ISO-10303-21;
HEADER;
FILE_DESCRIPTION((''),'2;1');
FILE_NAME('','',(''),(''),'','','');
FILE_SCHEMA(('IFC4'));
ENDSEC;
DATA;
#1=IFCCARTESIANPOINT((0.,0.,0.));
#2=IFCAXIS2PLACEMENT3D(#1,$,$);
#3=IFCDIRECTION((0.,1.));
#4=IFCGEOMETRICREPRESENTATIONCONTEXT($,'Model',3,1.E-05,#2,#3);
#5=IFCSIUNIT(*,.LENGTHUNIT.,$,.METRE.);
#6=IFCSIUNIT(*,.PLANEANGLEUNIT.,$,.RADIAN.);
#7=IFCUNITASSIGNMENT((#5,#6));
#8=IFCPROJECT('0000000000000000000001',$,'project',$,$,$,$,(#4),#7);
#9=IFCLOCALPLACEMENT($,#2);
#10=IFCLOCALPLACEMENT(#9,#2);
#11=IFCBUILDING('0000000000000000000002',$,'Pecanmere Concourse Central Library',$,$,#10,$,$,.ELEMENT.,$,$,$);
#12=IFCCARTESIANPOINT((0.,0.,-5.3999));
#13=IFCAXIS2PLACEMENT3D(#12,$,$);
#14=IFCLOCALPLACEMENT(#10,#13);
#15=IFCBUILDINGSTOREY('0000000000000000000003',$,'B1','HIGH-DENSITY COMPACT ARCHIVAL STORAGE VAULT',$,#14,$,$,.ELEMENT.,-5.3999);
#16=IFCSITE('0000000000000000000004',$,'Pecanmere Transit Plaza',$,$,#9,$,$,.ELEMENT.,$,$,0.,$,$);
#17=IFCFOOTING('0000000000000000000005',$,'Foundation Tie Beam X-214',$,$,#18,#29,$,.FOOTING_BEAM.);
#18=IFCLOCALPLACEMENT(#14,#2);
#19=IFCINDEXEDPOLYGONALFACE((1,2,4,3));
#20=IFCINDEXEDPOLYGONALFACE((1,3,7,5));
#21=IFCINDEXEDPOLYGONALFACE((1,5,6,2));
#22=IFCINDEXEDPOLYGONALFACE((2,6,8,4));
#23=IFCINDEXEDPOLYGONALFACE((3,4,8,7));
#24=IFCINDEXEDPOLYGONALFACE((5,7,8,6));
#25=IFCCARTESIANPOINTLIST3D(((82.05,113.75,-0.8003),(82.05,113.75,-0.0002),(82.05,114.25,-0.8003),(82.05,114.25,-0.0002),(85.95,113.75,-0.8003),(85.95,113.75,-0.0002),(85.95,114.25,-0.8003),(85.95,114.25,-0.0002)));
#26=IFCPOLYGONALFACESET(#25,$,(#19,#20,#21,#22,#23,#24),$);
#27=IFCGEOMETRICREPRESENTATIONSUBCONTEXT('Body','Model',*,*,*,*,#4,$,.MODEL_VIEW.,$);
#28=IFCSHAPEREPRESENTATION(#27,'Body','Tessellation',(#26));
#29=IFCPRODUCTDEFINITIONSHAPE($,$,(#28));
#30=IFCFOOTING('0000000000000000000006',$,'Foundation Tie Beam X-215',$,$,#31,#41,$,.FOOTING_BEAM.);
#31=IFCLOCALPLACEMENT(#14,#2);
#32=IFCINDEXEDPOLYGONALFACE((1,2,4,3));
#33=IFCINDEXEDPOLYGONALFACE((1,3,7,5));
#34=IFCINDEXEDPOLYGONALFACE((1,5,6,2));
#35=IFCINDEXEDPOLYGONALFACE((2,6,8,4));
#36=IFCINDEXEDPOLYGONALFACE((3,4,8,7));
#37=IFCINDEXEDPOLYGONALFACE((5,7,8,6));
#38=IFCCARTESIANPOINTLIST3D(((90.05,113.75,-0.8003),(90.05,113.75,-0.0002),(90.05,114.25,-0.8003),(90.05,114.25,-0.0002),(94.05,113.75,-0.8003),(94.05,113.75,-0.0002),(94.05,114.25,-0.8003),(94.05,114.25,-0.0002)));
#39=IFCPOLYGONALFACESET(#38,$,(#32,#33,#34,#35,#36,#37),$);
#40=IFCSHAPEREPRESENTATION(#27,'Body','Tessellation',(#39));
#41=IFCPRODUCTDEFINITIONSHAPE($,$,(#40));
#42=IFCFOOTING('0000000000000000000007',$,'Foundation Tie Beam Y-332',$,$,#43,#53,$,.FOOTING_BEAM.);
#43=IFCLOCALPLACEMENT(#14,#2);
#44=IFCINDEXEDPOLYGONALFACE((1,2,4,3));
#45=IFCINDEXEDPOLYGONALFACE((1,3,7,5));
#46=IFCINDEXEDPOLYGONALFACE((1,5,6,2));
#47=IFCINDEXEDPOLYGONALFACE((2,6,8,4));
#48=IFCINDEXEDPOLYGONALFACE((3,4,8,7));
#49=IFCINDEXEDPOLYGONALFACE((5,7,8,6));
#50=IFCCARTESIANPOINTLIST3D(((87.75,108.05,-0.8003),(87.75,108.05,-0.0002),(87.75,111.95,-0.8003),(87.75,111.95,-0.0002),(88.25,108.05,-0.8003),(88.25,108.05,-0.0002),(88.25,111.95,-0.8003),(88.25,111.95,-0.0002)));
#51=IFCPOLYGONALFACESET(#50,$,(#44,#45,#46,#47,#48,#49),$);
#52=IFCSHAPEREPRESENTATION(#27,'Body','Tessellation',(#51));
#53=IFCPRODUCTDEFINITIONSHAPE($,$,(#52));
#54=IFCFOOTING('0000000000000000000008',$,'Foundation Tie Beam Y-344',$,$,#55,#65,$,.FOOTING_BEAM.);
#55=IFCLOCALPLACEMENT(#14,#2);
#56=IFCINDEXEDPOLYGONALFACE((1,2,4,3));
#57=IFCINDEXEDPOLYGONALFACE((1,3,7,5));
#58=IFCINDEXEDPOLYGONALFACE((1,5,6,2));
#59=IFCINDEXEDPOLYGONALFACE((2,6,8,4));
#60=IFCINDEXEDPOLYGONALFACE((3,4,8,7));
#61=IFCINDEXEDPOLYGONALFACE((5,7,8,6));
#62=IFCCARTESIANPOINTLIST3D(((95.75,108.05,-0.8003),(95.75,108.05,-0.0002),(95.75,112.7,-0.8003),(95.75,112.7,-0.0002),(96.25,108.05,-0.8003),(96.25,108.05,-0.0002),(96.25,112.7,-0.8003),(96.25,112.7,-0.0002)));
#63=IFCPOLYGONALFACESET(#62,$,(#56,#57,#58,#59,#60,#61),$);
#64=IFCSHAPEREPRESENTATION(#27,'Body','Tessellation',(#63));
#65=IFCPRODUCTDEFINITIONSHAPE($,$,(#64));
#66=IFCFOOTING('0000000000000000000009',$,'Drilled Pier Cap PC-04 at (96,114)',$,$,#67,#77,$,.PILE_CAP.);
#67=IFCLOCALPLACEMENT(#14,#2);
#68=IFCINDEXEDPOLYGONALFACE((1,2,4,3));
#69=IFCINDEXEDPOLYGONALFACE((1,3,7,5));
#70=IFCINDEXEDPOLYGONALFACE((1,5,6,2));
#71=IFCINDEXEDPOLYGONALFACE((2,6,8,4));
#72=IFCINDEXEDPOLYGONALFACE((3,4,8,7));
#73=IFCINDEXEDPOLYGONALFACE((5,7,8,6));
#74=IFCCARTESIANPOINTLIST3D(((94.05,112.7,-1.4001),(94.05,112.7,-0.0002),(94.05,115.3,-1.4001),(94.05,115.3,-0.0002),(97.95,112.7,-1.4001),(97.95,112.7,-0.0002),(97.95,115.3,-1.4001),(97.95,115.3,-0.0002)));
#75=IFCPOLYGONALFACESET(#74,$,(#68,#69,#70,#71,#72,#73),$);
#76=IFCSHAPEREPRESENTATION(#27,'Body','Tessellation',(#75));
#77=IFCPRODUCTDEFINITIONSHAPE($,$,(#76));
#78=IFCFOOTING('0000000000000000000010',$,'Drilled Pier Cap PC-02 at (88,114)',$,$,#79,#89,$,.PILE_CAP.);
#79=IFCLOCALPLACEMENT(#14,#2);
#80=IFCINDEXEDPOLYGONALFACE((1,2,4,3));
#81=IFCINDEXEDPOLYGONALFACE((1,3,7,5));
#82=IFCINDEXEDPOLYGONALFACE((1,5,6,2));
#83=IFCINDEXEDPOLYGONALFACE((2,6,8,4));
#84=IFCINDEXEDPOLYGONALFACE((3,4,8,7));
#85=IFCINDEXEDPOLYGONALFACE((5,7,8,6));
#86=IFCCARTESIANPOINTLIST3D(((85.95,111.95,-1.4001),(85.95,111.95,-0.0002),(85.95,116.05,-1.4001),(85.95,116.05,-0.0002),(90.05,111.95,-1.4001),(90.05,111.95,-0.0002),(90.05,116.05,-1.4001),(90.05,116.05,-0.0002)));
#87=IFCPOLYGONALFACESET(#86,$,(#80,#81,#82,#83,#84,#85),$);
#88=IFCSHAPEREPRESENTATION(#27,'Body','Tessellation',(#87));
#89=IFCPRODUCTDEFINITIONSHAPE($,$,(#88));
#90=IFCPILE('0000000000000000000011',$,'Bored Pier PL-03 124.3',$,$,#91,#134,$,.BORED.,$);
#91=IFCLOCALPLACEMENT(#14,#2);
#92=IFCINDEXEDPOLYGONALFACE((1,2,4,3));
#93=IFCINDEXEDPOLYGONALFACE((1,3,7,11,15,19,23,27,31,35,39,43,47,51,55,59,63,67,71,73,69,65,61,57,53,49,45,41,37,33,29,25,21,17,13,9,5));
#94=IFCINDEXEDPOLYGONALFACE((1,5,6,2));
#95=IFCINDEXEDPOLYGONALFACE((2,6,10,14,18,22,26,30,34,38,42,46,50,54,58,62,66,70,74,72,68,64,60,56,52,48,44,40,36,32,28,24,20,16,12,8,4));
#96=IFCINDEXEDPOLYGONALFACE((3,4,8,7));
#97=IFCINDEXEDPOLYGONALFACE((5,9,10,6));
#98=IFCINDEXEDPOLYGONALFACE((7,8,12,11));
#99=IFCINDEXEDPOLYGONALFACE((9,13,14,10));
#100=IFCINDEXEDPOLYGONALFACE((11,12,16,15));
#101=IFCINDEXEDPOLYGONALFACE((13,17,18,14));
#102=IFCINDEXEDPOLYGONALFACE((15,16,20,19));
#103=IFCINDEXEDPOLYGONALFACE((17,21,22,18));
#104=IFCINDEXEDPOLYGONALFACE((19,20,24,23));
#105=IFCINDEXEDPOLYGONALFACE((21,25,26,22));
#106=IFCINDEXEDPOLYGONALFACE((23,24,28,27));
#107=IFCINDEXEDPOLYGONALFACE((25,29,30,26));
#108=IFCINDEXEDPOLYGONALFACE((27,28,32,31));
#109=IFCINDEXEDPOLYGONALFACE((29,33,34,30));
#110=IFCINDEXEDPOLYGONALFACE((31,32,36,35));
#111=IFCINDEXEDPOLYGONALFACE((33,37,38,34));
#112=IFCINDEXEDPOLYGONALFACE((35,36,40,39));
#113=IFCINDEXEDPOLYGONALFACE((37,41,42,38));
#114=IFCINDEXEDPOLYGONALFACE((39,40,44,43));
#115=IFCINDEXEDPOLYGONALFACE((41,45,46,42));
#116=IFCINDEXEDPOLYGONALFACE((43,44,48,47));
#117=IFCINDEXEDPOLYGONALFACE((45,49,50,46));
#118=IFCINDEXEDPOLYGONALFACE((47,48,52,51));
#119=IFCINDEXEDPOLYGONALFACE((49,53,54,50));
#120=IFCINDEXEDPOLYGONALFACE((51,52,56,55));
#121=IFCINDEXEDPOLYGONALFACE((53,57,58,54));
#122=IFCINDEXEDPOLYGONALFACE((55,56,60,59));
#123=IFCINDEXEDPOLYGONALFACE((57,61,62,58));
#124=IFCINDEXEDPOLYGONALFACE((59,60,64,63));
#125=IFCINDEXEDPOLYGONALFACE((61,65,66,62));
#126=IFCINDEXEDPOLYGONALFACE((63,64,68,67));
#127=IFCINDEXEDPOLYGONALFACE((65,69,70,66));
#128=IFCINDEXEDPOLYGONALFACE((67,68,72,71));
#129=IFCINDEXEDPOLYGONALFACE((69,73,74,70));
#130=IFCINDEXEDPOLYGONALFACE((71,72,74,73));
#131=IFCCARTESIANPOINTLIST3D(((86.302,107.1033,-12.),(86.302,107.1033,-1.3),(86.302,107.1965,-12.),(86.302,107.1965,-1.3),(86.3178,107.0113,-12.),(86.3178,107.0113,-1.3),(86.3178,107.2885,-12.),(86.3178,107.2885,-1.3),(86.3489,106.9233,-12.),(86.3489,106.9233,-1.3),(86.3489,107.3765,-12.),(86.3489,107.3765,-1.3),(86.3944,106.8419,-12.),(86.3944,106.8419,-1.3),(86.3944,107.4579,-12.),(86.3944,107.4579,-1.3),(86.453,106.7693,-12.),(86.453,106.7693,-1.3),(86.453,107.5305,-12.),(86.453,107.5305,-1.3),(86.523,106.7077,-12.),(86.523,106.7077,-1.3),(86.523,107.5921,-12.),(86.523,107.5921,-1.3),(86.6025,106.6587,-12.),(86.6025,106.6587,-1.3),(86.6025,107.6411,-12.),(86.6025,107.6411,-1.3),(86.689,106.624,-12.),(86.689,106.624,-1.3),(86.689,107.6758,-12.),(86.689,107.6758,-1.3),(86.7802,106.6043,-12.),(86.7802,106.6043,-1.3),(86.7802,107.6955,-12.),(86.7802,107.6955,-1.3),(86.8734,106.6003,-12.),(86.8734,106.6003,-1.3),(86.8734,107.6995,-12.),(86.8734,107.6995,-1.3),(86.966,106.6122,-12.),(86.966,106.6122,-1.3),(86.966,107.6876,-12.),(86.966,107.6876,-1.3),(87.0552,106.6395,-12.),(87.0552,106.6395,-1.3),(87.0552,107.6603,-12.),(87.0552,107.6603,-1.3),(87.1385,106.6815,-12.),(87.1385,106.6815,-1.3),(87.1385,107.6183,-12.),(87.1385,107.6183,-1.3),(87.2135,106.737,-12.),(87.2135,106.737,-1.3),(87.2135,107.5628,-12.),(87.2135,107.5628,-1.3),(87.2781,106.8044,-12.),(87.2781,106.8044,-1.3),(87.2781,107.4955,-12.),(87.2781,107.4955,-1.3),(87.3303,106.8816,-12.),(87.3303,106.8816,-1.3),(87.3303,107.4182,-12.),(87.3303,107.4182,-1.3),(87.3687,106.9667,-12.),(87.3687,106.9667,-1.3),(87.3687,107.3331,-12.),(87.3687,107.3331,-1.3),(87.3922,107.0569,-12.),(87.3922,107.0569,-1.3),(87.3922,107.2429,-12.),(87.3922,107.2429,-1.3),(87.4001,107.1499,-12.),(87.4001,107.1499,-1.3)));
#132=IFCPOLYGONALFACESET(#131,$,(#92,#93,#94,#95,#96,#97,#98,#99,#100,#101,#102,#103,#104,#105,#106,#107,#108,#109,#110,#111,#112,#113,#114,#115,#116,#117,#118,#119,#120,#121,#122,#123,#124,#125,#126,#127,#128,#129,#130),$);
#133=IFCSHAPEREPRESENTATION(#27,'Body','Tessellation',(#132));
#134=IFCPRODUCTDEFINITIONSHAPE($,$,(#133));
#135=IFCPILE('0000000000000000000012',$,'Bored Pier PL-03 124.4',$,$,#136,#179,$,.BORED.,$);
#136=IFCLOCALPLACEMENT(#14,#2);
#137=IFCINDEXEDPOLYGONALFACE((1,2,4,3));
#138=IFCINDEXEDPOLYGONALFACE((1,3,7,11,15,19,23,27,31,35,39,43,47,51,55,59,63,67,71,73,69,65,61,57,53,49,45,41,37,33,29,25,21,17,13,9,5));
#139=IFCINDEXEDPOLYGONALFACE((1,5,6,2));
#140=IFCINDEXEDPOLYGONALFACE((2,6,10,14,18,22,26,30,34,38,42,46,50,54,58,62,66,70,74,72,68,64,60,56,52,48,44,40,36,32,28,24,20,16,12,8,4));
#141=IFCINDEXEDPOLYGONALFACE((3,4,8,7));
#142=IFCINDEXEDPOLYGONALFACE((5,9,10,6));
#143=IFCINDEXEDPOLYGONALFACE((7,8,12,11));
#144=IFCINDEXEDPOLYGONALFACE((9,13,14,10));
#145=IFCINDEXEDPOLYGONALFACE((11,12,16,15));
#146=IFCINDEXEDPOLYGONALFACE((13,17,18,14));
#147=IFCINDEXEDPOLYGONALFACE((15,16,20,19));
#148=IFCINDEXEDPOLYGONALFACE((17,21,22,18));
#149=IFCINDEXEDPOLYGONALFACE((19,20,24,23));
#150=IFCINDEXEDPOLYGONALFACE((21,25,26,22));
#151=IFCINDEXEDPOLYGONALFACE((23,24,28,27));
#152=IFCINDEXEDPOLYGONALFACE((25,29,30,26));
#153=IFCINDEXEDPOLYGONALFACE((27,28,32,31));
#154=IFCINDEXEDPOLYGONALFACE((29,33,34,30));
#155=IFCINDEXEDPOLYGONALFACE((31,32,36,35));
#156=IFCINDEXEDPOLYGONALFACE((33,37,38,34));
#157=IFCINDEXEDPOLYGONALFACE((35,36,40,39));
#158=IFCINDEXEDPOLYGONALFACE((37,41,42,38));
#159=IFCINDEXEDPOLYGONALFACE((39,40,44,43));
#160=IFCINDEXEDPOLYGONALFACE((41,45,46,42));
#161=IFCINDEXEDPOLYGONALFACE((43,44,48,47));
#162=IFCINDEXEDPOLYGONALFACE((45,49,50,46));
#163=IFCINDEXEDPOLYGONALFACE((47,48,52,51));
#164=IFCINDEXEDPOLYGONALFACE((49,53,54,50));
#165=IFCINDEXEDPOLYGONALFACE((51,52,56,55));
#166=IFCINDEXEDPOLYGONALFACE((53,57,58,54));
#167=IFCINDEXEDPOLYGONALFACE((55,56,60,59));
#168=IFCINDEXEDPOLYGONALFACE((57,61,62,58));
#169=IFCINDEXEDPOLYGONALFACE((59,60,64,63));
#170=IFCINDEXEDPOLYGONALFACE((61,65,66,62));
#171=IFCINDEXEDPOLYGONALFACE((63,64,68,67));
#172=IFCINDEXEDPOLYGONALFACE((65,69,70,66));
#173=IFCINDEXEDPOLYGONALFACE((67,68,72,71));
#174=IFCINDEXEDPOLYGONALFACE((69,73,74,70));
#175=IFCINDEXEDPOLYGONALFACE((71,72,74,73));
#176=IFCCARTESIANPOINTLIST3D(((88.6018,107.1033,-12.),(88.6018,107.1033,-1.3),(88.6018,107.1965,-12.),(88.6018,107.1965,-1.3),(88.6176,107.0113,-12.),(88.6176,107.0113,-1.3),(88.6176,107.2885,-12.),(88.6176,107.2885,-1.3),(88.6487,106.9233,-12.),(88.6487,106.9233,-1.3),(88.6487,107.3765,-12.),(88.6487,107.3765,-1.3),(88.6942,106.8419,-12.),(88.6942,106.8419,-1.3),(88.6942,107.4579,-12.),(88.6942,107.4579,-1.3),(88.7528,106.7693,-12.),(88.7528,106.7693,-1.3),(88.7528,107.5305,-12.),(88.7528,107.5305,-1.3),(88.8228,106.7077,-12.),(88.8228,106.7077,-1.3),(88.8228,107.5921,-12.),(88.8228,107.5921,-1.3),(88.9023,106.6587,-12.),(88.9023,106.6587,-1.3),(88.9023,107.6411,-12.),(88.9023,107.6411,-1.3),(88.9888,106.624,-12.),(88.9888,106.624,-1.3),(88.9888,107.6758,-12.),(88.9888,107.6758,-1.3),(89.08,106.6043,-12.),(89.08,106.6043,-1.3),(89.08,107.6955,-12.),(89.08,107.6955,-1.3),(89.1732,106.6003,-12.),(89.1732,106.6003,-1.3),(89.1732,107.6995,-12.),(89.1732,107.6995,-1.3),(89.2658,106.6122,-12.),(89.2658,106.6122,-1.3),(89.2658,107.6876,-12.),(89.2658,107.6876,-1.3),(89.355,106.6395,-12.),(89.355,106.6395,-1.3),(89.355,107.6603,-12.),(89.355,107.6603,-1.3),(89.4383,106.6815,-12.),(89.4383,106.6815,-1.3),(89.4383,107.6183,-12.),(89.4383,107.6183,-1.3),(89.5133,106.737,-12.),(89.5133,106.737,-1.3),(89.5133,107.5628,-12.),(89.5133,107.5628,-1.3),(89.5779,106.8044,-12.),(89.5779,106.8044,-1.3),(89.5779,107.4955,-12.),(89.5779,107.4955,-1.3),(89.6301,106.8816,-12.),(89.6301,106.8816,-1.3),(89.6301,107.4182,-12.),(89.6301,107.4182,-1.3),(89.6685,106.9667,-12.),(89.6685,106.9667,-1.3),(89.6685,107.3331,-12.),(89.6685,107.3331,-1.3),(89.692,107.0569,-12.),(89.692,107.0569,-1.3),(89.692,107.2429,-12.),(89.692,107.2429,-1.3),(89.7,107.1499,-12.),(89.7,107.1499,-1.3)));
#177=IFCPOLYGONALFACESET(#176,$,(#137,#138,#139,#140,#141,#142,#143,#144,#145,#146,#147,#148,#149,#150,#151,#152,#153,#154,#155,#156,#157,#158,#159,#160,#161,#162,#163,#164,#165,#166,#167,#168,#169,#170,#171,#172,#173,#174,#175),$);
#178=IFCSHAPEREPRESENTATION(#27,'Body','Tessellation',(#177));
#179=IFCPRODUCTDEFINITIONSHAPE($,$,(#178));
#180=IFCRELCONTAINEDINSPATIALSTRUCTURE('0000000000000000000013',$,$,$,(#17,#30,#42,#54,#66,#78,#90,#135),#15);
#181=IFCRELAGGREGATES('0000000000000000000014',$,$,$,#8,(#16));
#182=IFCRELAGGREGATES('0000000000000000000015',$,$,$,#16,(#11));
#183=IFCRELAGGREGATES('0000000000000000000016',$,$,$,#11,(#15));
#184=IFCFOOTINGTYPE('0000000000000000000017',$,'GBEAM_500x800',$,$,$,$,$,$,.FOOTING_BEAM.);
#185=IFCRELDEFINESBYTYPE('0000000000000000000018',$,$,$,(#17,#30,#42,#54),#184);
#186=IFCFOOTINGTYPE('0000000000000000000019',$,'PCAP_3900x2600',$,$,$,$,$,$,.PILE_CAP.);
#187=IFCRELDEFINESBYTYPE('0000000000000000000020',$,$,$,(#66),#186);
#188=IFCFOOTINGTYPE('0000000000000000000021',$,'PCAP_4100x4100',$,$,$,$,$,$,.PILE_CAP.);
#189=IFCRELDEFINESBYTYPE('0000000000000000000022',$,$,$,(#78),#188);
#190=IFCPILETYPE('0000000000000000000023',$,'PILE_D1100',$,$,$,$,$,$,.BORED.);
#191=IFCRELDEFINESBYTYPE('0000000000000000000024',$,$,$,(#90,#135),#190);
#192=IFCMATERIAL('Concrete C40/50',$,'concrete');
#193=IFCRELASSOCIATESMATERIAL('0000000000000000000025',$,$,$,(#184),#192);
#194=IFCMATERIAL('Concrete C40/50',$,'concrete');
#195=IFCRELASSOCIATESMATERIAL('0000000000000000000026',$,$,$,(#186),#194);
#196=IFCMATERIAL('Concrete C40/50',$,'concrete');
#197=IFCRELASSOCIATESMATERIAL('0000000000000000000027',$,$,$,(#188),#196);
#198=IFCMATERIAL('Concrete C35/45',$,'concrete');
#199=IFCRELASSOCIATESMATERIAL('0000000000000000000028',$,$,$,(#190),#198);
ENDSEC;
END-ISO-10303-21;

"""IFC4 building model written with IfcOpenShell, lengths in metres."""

from ifc_helpers import new_model, si_unit, direction, frame, origin, origin_2d, place, context, subcontext, project, spatial, rectangle, circle, extrude, material, material_profile, profile_set, type_object, element, save


model = new_model("IFC4")

# Units and contexts
model_context = context("Model", 3, precision=1e-05, world=origin(), true_north=direction((0.0, 1.0)))
body_context = subcontext(model_context, "Body", "Model", "MODEL_VIEW")
ifc_project = project(units=[si_unit("LENGTHUNIT", "METRE"), si_unit("PLANEANGLEUNIT", "RADIAN")], contexts=[model_context])

# Site, building, storey
site_placement = place(None, origin())
site = spatial("IfcSite", under=ifc_project, at=site_placement, Name="Pecanmere Transit Plaza", CompositionType="ELEMENT", RefElevation=0.0)
building_placement = place(site_placement, origin())
building = spatial("IfcBuilding", under=site, at=building_placement, Name="Pecanmere Concourse Central Library", CompositionType="ELEMENT")
storey_placement = place(building_placement, frame((0.0, 0.0, -5.3999)))
storey = spatial("IfcBuildingStorey", under=building, at=storey_placement, Name="B1", Description="HIGH-DENSITY COMPACT ARCHIVAL STORAGE VAULT", CompositionType="ELEMENT", Elevation=-5.3999)

# Footings
ifc_material_1 = material(Name="Concrete C40/50", Category="concrete")
ifc_material_profile_1 = material_profile(ifc_material_1, rectangle(XDim=0.5, YDim=0.8, at=origin_2d()), Name="RC 500x800")
ifc_profile_set_1 = profile_set([ifc_material_profile_1], Name="Concrete C40/50")
footing_type_1 = type_object("IfcFootingType", Name="GBEAM_500x800", PredefinedType="FOOTING_BEAM", material=ifc_profile_set_1)
footing_1_placement = place(storey_placement, frame((84.0, 114.0, -0.8003), z_axis=(0.0, 0.0, 1.0), x_axis=(1.0, 0.0, 0.0)))
element("IfcFooting", 1, at=footing_1_placement, inside=storey, type_object=footing_type_1, Name="Foundation Tie Beam X-214", PredefinedType="FOOTING_BEAM", context=body_context, shape_type="SweptSolid", body=[
    extrude(rectangle(XDim=3.8999, YDim=0.5, at=origin_2d()), origin(), (0.0, 0.0, 1.0), 0.8),
])
footing_2_placement = place(storey_placement, frame((92.05, 114.0, -0.8003), z_axis=(0.0, 0.0, 1.0), x_axis=(1.0, 0.0, 0.0)))
element("IfcFooting", 2, at=footing_2_placement, inside=storey, type_object=footing_type_1, Name="Foundation Tie Beam X-215", PredefinedType="FOOTING_BEAM", context=body_context, shape_type="SweptSolid", body=[
    extrude(rectangle(XDim=4.0, YDim=0.5, at=origin_2d()), origin(), (0.0, 0.0, 1.0), 0.8),
])
footing_3_placement = place(storey_placement, frame((88.0, 110.0, -0.8003), z_axis=(0.0, 0.0, 1.0), x_axis=(0.0, 1.0, 0.0)))
element("IfcFooting", 3, at=footing_3_placement, inside=storey, type_object=footing_type_1, Name="Foundation Tie Beam Y-332", PredefinedType="FOOTING_BEAM", context=body_context, shape_type="SweptSolid", body=[
    extrude(rectangle(XDim=3.8999, YDim=0.5, at=origin_2d()), origin(), (0.0, 0.0, 1.0), 0.8),
])
footing_4_placement = place(storey_placement, frame((96.0, 110.375, -0.8003), z_axis=(0.0, 0.0, 1.0), x_axis=(0.0, 1.0, 0.0)))
element("IfcFooting", 4, at=footing_4_placement, inside=storey, type_object=footing_type_1, Name="Foundation Tie Beam Y-344", PredefinedType="FOOTING_BEAM", context=body_context, shape_type="SweptSolid", body=[
    extrude(rectangle(XDim=4.6499, YDim=0.5, at=origin_2d()), origin(), (0.0, 0.0, 1.0), 0.8),
])
ifc_material_2 = material(Name="Concrete C40/50", Category="concrete")
footing_type_2 = type_object("IfcFootingType", Name="PCAP_3900x2600", PredefinedType="PILE_CAP", material=ifc_material_2)
footing_5_placement = place(storey_placement, frame((96.0, 114.0, -1.4001), z_axis=(0.0, 0.0, 1.0), x_axis=(1.0, 0.0, 0.0)))
element("IfcFooting", 5, at=footing_5_placement, inside=storey, type_object=footing_type_2, Name="Drilled Pier Cap PC-04 at (96,114)", PredefinedType="PILE_CAP", context=body_context, shape_type="SweptSolid", body=[
    extrude(rectangle(XDim=3.8999, YDim=2.6001, at=origin_2d()), origin(), (0.0, 0.0, 1.0), 1.3999),
])
ifc_material_3 = material(Name="Concrete C40/50", Category="concrete")
footing_type_3 = type_object("IfcFootingType", Name="PCAP_4100x4100", PredefinedType="PILE_CAP", material=ifc_material_3)
footing_6_placement = place(storey_placement, frame((88.0, 114.0, -1.4001), z_axis=(0.0, 0.0, 1.0), x_axis=(1.0, 0.0, 0.0)))
element("IfcFooting", 6, at=footing_6_placement, inside=storey, type_object=footing_type_3, Name="Drilled Pier Cap PC-02 at (88,114)", PredefinedType="PILE_CAP", context=body_context, shape_type="SweptSolid", body=[
    extrude(rectangle(XDim=4.1001, YDim=4.1001, at=origin_2d()), origin(), (0.0, 0.0, 1.0), 1.3999),
])

# Piles
ifc_material_4 = material(Name="Concrete C35/45", Category="concrete")
ifc_material_profile_2 = material_profile(ifc_material_4, circle(Radius=0.55, at=origin_2d()), Name="PIER D1100")
ifc_profile_set_2 = profile_set([ifc_material_profile_2], Name="Concrete C35/45")
pile_type_1 = type_object("IfcPileType", Name="PILE_D1100", PredefinedType="BORED", material=ifc_profile_set_2)
for number, where, z_axis, x_axis, name in (
    (7, (86.8501, 107.1499, -1.3), (0.0, 0.0, -1.0), (1.0, 0.0, 0.0), "Bored Pier PL-03 124.3"),
    (8, (89.1499, 107.1499, -1.3), (0.0, 0.0, -1.0), (1.0, 0.0, 0.0), "Bored Pier PL-03 124.4"),
):
    element("IfcPile", number, at=place(storey_placement, frame(where, z_axis=z_axis, x_axis=x_axis)), inside=storey, type_object=pile_type_1, Name=name, PredefinedType="BORED", context=body_context, shape_type="SweptSolid", body=[
        extrude(circle(Radius=0.55, at=origin_2d()), origin(), (0.0, 0.0, 1.0), 10.7),
    ])

save(model, "model.ifc")
